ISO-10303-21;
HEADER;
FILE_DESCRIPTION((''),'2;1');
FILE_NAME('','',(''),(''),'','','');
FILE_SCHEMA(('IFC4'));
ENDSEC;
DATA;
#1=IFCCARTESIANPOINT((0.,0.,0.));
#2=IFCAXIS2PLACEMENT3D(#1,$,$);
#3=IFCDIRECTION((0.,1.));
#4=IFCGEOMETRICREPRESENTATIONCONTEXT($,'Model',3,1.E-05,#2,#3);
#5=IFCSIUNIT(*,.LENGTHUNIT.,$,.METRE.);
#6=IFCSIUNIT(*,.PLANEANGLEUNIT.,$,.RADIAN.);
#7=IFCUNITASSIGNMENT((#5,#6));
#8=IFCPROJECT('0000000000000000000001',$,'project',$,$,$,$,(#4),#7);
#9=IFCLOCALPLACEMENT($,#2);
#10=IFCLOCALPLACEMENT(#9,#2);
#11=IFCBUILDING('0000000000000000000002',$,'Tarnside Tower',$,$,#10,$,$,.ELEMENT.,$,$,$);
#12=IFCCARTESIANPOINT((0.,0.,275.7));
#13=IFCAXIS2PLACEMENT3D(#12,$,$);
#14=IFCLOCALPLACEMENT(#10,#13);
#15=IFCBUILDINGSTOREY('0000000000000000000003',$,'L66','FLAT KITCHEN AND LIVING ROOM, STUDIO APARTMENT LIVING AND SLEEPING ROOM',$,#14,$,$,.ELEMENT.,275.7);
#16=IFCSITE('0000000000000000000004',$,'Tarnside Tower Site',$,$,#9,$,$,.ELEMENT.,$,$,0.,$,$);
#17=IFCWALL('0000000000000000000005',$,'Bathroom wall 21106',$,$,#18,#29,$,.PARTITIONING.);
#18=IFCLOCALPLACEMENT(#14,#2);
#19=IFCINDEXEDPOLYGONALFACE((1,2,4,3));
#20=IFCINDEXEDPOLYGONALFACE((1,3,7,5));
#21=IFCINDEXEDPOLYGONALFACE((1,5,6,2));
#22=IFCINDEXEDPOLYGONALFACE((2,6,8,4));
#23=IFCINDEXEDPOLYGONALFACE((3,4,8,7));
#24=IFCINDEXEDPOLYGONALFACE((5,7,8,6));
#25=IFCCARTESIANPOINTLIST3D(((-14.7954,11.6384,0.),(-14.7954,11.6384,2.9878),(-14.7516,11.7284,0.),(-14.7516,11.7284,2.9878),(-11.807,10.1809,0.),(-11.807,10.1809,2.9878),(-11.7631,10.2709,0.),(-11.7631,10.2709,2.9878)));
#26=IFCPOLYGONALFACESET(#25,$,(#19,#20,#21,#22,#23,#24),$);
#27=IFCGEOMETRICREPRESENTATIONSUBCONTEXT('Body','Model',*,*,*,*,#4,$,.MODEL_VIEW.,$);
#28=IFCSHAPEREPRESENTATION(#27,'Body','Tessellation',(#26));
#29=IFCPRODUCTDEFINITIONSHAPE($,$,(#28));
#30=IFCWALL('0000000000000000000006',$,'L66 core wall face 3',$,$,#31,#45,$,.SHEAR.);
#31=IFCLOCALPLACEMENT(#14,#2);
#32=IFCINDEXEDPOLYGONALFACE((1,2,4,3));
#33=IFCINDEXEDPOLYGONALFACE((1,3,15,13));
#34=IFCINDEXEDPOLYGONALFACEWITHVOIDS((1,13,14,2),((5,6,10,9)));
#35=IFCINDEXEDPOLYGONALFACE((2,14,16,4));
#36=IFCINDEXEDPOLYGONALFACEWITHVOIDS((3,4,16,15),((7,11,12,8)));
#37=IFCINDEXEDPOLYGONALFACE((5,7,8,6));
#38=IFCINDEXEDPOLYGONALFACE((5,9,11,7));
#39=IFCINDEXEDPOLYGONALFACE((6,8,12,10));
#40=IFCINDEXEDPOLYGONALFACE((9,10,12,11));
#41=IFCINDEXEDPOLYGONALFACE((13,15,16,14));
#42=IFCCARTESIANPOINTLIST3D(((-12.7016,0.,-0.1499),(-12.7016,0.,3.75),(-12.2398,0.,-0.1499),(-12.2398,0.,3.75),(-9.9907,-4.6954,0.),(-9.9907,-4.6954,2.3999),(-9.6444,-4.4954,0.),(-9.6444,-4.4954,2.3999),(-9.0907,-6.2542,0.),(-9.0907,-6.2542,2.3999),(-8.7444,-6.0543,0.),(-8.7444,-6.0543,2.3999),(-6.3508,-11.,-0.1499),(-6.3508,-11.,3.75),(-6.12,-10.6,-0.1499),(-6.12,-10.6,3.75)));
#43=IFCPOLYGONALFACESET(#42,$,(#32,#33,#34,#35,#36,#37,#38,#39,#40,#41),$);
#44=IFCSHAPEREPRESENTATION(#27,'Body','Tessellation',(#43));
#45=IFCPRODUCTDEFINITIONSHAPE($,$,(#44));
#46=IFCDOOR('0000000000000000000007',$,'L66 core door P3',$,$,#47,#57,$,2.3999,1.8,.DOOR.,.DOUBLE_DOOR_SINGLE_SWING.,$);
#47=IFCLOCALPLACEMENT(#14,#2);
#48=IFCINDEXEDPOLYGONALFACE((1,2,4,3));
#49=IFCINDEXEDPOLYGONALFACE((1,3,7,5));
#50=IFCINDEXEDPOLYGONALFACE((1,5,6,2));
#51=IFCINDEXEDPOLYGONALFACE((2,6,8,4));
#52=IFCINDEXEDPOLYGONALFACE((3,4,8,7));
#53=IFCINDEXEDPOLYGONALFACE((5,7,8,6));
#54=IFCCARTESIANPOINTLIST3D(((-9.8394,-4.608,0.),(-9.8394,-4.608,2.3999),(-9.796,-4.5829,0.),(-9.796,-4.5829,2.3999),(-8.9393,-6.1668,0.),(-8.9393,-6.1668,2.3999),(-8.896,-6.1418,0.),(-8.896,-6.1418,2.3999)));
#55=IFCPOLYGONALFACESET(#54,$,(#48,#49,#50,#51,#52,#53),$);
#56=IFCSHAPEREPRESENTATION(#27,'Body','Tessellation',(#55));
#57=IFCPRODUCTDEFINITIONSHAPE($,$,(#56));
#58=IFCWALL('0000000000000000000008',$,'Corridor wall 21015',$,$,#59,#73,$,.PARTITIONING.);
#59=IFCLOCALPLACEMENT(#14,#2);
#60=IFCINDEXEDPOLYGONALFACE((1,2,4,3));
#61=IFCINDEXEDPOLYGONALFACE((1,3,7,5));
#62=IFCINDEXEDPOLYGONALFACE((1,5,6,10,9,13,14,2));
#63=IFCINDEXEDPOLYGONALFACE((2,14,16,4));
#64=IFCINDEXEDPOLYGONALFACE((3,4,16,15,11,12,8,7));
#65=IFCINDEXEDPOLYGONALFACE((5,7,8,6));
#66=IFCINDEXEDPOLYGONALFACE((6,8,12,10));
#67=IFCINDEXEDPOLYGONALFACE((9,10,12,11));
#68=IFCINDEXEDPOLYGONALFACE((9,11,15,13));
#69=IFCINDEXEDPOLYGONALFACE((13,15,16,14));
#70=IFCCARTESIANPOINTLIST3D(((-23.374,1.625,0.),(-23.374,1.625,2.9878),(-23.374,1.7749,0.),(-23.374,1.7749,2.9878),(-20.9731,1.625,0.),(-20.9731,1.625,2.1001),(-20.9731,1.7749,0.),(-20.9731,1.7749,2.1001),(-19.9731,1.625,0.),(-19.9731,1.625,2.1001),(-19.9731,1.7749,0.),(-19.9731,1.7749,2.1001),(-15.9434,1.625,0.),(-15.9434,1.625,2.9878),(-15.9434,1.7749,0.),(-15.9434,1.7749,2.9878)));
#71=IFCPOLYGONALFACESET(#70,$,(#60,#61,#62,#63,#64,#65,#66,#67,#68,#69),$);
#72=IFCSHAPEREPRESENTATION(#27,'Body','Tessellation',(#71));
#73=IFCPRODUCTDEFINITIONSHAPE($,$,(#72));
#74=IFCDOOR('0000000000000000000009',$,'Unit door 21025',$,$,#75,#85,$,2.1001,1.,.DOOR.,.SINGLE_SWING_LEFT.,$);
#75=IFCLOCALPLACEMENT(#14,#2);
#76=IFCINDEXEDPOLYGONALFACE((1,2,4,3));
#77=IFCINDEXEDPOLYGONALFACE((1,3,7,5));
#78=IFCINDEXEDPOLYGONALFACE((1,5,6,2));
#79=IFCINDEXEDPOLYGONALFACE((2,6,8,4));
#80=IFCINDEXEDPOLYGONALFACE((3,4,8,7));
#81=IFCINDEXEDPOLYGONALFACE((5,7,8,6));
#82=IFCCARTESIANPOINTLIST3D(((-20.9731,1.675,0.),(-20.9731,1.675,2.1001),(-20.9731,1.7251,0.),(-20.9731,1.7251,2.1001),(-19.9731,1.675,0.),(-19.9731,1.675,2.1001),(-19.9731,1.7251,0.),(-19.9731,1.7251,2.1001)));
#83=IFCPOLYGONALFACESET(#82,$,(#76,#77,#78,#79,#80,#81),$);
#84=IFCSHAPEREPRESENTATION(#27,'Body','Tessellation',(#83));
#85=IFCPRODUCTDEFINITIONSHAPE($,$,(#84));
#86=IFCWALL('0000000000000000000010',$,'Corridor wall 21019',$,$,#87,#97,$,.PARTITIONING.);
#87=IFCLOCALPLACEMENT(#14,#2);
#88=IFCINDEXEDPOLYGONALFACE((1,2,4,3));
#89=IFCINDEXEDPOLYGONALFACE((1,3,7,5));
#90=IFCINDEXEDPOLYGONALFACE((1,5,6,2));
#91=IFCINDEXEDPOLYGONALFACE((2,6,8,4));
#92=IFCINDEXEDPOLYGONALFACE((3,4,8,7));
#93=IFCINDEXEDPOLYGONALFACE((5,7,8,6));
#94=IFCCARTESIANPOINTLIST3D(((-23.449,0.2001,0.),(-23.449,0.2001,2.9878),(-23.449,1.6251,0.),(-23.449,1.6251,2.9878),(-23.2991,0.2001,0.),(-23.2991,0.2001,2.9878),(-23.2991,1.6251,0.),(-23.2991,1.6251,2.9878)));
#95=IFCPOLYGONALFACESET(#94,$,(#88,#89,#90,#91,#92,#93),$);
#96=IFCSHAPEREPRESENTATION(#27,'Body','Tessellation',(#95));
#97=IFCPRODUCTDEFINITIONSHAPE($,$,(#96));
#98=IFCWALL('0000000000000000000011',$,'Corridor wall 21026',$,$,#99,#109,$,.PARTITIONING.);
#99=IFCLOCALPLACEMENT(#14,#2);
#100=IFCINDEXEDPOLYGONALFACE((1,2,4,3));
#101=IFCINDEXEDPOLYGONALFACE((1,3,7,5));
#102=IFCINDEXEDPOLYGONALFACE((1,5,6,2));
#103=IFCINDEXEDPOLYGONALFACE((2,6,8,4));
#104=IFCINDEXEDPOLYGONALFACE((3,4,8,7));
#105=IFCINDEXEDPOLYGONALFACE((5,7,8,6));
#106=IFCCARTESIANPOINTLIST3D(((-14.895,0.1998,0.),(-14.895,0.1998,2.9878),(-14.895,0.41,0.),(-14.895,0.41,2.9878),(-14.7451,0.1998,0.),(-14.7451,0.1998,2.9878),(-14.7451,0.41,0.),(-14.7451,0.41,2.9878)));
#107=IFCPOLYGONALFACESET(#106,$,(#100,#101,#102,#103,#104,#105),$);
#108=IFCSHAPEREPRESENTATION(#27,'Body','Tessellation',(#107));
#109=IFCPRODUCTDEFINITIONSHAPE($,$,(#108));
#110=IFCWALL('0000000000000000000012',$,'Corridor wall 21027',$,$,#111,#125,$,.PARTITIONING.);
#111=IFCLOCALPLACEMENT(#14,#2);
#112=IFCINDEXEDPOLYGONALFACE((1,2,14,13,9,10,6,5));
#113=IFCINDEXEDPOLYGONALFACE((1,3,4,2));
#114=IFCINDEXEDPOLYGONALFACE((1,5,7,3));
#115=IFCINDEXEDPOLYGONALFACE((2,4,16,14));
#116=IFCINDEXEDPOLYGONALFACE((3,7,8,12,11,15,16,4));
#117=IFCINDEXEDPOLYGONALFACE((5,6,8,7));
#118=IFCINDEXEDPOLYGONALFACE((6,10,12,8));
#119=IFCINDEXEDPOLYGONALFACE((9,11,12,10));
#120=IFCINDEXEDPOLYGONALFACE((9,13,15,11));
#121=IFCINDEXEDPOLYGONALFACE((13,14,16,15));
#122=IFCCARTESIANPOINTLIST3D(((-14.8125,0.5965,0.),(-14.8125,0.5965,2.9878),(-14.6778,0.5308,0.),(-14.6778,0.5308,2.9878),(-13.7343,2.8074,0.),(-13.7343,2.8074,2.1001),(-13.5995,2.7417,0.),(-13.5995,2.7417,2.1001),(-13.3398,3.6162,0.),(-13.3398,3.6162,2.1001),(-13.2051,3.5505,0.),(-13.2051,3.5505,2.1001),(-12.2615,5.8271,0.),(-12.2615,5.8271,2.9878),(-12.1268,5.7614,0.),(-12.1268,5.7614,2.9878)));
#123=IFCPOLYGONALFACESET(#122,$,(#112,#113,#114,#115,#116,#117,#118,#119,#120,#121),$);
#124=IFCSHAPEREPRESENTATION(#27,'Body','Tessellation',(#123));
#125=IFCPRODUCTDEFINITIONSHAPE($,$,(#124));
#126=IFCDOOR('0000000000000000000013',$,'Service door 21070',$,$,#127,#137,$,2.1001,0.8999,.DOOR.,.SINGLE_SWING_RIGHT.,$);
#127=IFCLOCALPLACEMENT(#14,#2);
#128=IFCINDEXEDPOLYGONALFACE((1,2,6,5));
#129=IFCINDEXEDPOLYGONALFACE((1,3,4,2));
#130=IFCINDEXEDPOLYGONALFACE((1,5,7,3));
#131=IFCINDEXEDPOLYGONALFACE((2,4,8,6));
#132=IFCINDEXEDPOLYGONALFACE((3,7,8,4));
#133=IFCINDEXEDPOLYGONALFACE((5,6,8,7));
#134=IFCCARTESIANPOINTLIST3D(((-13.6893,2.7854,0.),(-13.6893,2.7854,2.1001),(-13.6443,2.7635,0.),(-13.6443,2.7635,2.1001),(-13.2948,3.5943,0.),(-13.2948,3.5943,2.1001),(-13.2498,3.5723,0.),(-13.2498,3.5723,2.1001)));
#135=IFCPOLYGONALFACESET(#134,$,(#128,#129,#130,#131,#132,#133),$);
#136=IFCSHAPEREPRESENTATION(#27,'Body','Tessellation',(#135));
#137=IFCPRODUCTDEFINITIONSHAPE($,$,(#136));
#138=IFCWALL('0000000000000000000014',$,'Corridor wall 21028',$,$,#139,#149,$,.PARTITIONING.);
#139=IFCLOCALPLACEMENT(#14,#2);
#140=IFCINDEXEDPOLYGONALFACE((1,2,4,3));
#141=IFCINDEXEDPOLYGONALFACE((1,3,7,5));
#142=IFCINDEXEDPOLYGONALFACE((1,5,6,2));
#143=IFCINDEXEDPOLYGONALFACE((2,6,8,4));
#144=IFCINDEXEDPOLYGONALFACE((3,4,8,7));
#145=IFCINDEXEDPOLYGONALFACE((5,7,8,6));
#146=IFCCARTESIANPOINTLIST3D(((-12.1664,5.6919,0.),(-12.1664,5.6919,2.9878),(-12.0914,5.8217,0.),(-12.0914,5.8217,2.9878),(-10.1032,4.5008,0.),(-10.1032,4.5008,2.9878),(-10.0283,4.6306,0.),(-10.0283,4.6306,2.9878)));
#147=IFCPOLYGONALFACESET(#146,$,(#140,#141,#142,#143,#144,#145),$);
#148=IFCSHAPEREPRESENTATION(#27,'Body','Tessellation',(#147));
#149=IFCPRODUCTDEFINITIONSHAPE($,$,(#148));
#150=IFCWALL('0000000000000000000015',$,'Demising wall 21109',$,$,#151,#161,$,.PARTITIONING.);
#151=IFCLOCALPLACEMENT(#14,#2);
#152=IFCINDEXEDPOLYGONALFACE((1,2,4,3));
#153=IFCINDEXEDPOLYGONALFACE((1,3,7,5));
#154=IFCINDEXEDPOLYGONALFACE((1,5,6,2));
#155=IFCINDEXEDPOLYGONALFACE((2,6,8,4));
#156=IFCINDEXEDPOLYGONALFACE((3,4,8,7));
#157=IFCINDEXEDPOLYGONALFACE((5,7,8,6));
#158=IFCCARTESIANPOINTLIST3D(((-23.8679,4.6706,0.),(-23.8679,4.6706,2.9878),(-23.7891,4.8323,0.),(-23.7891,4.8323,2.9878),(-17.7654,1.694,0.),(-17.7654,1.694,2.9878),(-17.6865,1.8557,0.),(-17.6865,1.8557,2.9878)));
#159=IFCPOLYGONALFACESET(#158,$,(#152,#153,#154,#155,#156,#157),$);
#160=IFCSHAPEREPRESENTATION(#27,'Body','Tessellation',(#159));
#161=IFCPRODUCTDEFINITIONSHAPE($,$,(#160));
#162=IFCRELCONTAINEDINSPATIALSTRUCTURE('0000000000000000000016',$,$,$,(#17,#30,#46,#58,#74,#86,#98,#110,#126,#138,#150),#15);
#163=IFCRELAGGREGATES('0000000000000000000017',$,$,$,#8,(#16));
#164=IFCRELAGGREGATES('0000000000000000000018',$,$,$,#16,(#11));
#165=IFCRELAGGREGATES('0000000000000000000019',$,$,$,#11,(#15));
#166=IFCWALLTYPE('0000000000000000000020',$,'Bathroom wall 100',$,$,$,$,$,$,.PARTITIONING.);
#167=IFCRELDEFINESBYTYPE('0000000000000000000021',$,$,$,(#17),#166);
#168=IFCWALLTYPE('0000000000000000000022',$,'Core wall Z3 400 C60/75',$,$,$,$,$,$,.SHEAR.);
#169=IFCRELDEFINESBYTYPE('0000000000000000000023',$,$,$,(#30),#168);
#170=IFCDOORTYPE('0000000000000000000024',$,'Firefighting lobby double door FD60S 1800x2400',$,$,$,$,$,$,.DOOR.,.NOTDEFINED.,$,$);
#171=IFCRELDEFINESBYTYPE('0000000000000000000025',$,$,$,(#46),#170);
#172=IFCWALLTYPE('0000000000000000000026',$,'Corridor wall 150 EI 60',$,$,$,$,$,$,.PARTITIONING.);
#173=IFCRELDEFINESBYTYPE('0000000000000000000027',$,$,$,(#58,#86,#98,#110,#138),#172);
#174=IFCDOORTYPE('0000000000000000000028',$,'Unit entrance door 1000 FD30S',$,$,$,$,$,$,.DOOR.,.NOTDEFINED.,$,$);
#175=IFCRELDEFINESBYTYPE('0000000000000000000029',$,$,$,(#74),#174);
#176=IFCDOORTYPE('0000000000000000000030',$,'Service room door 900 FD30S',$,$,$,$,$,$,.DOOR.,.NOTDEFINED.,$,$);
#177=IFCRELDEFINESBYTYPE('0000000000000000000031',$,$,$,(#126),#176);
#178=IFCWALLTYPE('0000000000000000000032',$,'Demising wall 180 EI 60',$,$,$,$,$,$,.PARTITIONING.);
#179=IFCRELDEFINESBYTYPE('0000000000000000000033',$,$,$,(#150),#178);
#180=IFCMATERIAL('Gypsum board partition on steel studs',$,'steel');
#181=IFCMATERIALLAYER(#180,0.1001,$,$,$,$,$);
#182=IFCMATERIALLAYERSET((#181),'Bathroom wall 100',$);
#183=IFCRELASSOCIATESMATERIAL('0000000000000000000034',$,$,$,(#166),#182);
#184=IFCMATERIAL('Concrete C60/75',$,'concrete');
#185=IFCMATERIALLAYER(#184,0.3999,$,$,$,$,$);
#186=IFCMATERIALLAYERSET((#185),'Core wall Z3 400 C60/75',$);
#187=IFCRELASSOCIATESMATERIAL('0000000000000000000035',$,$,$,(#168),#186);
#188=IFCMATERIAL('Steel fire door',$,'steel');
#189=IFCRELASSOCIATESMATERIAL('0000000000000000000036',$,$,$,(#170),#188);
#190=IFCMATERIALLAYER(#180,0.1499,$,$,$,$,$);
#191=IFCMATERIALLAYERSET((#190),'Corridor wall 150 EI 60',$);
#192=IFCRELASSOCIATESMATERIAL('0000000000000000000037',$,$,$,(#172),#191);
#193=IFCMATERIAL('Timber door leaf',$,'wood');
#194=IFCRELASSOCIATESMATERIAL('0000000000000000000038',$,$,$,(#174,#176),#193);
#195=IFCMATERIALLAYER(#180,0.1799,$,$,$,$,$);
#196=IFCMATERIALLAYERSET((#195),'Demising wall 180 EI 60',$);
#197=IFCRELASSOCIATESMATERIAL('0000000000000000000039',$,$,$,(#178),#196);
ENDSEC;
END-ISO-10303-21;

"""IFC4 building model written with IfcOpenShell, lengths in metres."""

from ifc_helpers import new_model, si_unit, direction, frame, frame_2d, origin, place, context, subcontext, project, spatial, polyline, rectangle, outline, extrude, material, layer, layer_set, type_object, element, fill, save


model = new_model("IFC4")

# Units and contexts
model_context = context("Model", 3, precision=1e-05, world=origin(), true_north=direction((0.0, 1.0)))
body_context = subcontext(model_context, "Body", "Model", "MODEL_VIEW")
ifc_project = project(units=[si_unit("LENGTHUNIT", "METRE"), si_unit("PLANEANGLEUNIT", "RADIAN")], contexts=[model_context])

# Site, building, storey
site_placement = place(None, origin())
site = spatial("IfcSite", under=ifc_project, at=site_placement, Name="Tarnside Tower Site", CompositionType="ELEMENT", RefElevation=0.0)
building_placement = place(site_placement, origin())
building = spatial("IfcBuilding", under=site, at=building_placement, Name="Tarnside Tower", CompositionType="ELEMENT")
storey_placement = place(building_placement, frame((0.0, 0.0, 275.7)))
storey = spatial("IfcBuildingStorey", under=building, at=storey_placement, Name="L66", Description="FLAT KITCHEN AND LIVING ROOM, STUDIO APARTMENT LIVING AND SLEEPING ROOM", CompositionType="ELEMENT", Elevation=275.7)

# Wall
ifc_material_1 = material(Name="Gypsum board partition on steel studs", Category="steel")
ifc_layer_1 = layer(ifc_material_1, 0.1001)
ifc_layer_set_1 = layer_set([ifc_layer_1], Name="Bathroom wall 100")
wall_type_1 = type_object("IfcWallType", Name="Bathroom wall 100", PredefinedType="PARTITIONING", material=ifc_layer_set_1)
wall_1_placement = place(storey_placement, frame((-11.7849, 10.2258, 0.0), z_axis=(0.0, 0.0, 1.0), x_axis=(-0.898804, 0.438351, 0.0)))
element("IfcWall", 1, at=wall_1_placement, inside=storey, type_object=wall_type_1, Name="Bathroom wall 21106", PredefinedType="PARTITIONING", context=body_context, shape_type="SweptSolid", body=[
    extrude(rectangle(XDim=3.325, YDim=0.1001, at=frame_2d((1.6626, 0.0))), origin(), (0.0, 0.0, 1.0), 2.9878),
])

# Walls, openings, doors
ifc_material_2 = material(Name="Concrete C60/75", Category="concrete")
ifc_layer_2 = layer(ifc_material_2, 0.3999)
ifc_layer_set_2 = layer_set([ifc_layer_2], Name="Core wall Z3 400 C60/75")
wall_type_2 = type_object("IfcWallType", Name="Core wall Z3 400 C60/75", PredefinedType="SHEAR", material=ifc_layer_set_2)
wall_2_placement = place(storey_placement, frame((-12.4707, 0.0, -0.1499), z_axis=(0.0, 0.0, 1.0), x_axis=(0.499996, -0.866027, 0.0)))
wall_2 = element("IfcWall", 2, at=wall_2_placement, inside=storey, type_object=wall_type_2, Name="L66 core wall face 3", PredefinedType="SHEAR", context=body_context, shape_type="SweptSolid", body=[
    extrude(outline(polyline([(-0.1155, -0.2), (12.5862, -0.2), (12.3552, 0.2), (0.1155, 0.2), (-0.1155, -0.2)])), origin(), (0.0, 0.0, 1.0), 3.8999),
])
opening_1_placement = place(wall_2_placement, frame((5.3064, 0.0, 0.1499)))
opening_1 = element("IfcOpeningElement", 3, at=opening_1_placement, cuts=wall_2, PredefinedType="OPENING", context=body_context, shape_type="SweptSolid", body=[
    extrude(rectangle(XDim=1.8, YDim=2.3999, at=frame_2d((0.8999, 1.2))), frame((0.0, 0.21, 0.0), z_axis=(0.0, -1.0, 0.0), x_axis=(1.0, 0.0, 0.0)), (0.0, 0.0, 1.0), 0.4199),
])
ifc_material_3 = material(Name="Steel fire door", Category="steel")
door_type_1 = type_object("IfcDoorType", Name="Firefighting lobby double door FD60S 1800x2400", OperationType="NOTDEFINED", PredefinedType="DOOR", material=ifc_material_3)
door_1_placement = place(opening_1_placement, origin())
door_1 = element("IfcDoor", 4, at=door_1_placement, inside=storey, type_object=door_type_1, Name="L66 core door P3", OperationType="DOUBLE_DOOR_SINGLE_SWING", OverallHeight=2.3999, OverallWidth=1.8, PredefinedType="DOOR", context=body_context, shape_type="SweptSolid", body=[
    extrude(rectangle(XDim=1.8, YDim=2.3999, at=frame_2d((0.8999, 1.2))), frame((0.0, 0.0249, 0.0), z_axis=(0.0, -1.0, 0.0), x_axis=(1.0, 0.0, 0.0)), (0.0, 0.0, 1.0), 0.05),
])
fill(opening_1, door_1)
ifc_layer_3 = layer(ifc_material_1, 0.1499)
ifc_layer_set_3 = layer_set([ifc_layer_3], Name="Corridor wall 150 EI 60")
wall_type_3 = type_object("IfcWallType", Name="Corridor wall 150 EI 60", PredefinedType="PARTITIONING", material=ifc_layer_set_3)
wall_3_placement = place(storey_placement, frame((-15.9434, 1.7, 0.0), z_axis=(0.0, 0.0, 1.0), x_axis=(-1.0, 0.0, 0.0)))
wall_3 = element("IfcWall", 5, at=wall_3_placement, inside=storey, type_object=wall_type_3, Name="Corridor wall 21015", PredefinedType="PARTITIONING", context=body_context, shape_type="SweptSolid", body=[
    extrude(rectangle(XDim=7.4307, YDim=0.1499, at=frame_2d((3.7153, 0.0))), origin(), (0.0, 0.0, 1.0), 2.9878),
])
opening_2_placement = place(wall_3_placement, frame((4.0298, 0.0, 0.0)))
opening_2 = element("IfcOpeningElement", 6, at=opening_2_placement, cuts=wall_3, PredefinedType="OPENING", context=body_context, shape_type="SweptSolid", body=[
    extrude(rectangle(XDim=1.0, YDim=2.1001, at=frame_2d((0.5, 1.05))), frame((0.0, 0.085, 0.0), z_axis=(0.0, -1.0, 0.0), x_axis=(1.0, 0.0, 0.0)), (0.0, 0.0, 1.0), 0.1699),
])
ifc_material_4 = material(Name="Timber door leaf", Category="wood")
door_type_2 = type_object("IfcDoorType", Name="Unit entrance door 1000 FD30S", OperationType="NOTDEFINED", PredefinedType="DOOR", material=ifc_material_4)
door_2_placement = place(opening_2_placement, origin())
door_2 = element("IfcDoor", 7, at=door_2_placement, inside=storey, type_object=door_type_2, Name="Unit door 21025", OperationType="SINGLE_SWING_LEFT", OverallHeight=2.1001, OverallWidth=1.0, PredefinedType="DOOR", context=body_context, shape_type="SweptSolid", body=[
    extrude(rectangle(XDim=1.0, YDim=2.1001, at=frame_2d((0.5, 1.05))), frame((0.0, 0.0249, 0.0), z_axis=(0.0, -1.0, 0.0), x_axis=(1.0, 0.0, 0.0)), (0.0, 0.0, 1.0), 0.05),
])
fill(opening_2, door_2)

# Walls
wall_4_placement = place(storey_placement, frame((-23.374, 1.625, 0.0), z_axis=(0.0, 0.0, 1.0), x_axis=(0.0, -1.0, 0.0)))
element("IfcWall", 8, at=wall_4_placement, inside=storey, type_object=wall_type_3, Name="Corridor wall 21019", PredefinedType="PARTITIONING", context=body_context, shape_type="SweptSolid", body=[
    extrude(rectangle(XDim=1.425, YDim=0.1499, at=frame_2d((0.7124, 0.0))), origin(), (0.0, 0.0, 1.0), 2.9878),
])
wall_5_placement = place(storey_placement, frame((-14.8201, 0.2, 0.0), z_axis=(0.0, 0.0, 1.0), x_axis=(0.0, 1.0, 0.0)))
element("IfcWall", 9, at=wall_5_placement, inside=storey, type_object=wall_type_3, Name="Corridor wall 21026", PredefinedType="PARTITIONING", context=body_context, shape_type="SweptSolid", body=[
    extrude(rectangle(XDim=0.2102, YDim=0.1499, at=frame_2d((0.105, 0.0))), origin(), (0.0, 0.0, 1.0), 2.9878),
])

# Wall, opening, door
wall_6_placement = place(storey_placement, frame((-14.7451, 0.5637, 0.0), z_axis=(0.0, 0.0, 1.0), x_axis=(0.438348, 0.898805, 0.0)))
wall_6 = element("IfcWall", 10, at=wall_6_placement, inside=storey, type_object=wall_type_3, Name="Corridor wall 21027", PredefinedType="PARTITIONING", context=body_context, shape_type="SweptSolid", body=[
    extrude(rectangle(XDim=5.8196, YDim=0.1499, at=frame_2d((2.9097, 0.0))), origin(), (0.0, 0.0, 1.0), 2.9878),
])
opening_3_placement = place(wall_6_placement, frame((2.4597, 0.0, 0.0)))
opening_3 = element("IfcOpeningElement", 11, at=opening_3_placement, cuts=wall_6, PredefinedType="OPENING", context=body_context, shape_type="SweptSolid", body=[
    extrude(rectangle(XDim=0.8999, YDim=2.1001, at=frame_2d((0.45, 1.05))), frame((0.0, 0.085, 0.0), z_axis=(0.0, -1.0, 0.0), x_axis=(1.0, 0.0, 0.0)), (0.0, 0.0, 1.0), 0.1699),
])
door_type_3 = type_object("IfcDoorType", Name="Service room door 900 FD30S", OperationType="NOTDEFINED", PredefinedType="DOOR", material=ifc_material_4)
door_3_placement = place(opening_3_placement, origin())
door_3 = element("IfcDoor", 12, at=door_3_placement, inside=storey, type_object=door_type_3, Name="Service door 21070", OperationType="SINGLE_SWING_RIGHT", OverallHeight=2.1001, OverallWidth=0.8999, PredefinedType="DOOR", context=body_context, shape_type="SweptSolid", body=[
    extrude(rectangle(XDim=0.8999, YDim=2.1001, at=frame_2d((0.45, 1.05))), frame((0.0, 0.0249, 0.0), z_axis=(0.0, -1.0, 0.0), x_axis=(1.0, 0.0, 0.0)), (0.0, 0.0, 1.0), 0.05),
])
fill(opening_3, door_3)

# Walls
wall_7_placement = place(storey_placement, frame((-12.1289, 5.7568, 0.0), z_axis=(0.0, 0.0, 1.0), x_axis=(0.866034, -0.499986, 0.0)))
element("IfcWall", 13, at=wall_7_placement, inside=storey, type_object=wall_type_3, Name="Corridor wall 21028", PredefinedType="PARTITIONING", context=body_context, shape_type="SweptSolid", body=[
    extrude(rectangle(XDim=2.3823, YDim=0.1499, at=frame_2d((1.1912, 0.0))), origin(), (0.0, 0.0, 1.0), 2.9878),
])
ifc_layer_4 = layer(ifc_material_1, 0.1799)
ifc_layer_set_4 = layer_set([ifc_layer_4], Name="Demising wall 180 EI 60")
wall_type_4 = type_object("IfcWallType", Name="Demising wall 180 EI 60", PredefinedType="PARTITIONING", material=ifc_layer_set_4)
wall_8_placement = place(storey_placement, frame((-23.8286, 4.7515, 0.0), z_axis=(0.0, 0.0, 1.0), x_axis=(0.898785, -0.43839, 0.0)))
element("IfcWall", 14, at=wall_8_placement, inside=storey, type_object=wall_type_4, Name="Demising wall 21109", PredefinedType="PARTITIONING", context=body_context, shape_type="SweptSolid", body=[
    extrude(rectangle(XDim=6.7898, YDim=0.1799, at=frame_2d((3.395, 0.0))), origin(), (0.0, 0.0, 1.0), 2.9878),
])

save(model, "model.ifc")
